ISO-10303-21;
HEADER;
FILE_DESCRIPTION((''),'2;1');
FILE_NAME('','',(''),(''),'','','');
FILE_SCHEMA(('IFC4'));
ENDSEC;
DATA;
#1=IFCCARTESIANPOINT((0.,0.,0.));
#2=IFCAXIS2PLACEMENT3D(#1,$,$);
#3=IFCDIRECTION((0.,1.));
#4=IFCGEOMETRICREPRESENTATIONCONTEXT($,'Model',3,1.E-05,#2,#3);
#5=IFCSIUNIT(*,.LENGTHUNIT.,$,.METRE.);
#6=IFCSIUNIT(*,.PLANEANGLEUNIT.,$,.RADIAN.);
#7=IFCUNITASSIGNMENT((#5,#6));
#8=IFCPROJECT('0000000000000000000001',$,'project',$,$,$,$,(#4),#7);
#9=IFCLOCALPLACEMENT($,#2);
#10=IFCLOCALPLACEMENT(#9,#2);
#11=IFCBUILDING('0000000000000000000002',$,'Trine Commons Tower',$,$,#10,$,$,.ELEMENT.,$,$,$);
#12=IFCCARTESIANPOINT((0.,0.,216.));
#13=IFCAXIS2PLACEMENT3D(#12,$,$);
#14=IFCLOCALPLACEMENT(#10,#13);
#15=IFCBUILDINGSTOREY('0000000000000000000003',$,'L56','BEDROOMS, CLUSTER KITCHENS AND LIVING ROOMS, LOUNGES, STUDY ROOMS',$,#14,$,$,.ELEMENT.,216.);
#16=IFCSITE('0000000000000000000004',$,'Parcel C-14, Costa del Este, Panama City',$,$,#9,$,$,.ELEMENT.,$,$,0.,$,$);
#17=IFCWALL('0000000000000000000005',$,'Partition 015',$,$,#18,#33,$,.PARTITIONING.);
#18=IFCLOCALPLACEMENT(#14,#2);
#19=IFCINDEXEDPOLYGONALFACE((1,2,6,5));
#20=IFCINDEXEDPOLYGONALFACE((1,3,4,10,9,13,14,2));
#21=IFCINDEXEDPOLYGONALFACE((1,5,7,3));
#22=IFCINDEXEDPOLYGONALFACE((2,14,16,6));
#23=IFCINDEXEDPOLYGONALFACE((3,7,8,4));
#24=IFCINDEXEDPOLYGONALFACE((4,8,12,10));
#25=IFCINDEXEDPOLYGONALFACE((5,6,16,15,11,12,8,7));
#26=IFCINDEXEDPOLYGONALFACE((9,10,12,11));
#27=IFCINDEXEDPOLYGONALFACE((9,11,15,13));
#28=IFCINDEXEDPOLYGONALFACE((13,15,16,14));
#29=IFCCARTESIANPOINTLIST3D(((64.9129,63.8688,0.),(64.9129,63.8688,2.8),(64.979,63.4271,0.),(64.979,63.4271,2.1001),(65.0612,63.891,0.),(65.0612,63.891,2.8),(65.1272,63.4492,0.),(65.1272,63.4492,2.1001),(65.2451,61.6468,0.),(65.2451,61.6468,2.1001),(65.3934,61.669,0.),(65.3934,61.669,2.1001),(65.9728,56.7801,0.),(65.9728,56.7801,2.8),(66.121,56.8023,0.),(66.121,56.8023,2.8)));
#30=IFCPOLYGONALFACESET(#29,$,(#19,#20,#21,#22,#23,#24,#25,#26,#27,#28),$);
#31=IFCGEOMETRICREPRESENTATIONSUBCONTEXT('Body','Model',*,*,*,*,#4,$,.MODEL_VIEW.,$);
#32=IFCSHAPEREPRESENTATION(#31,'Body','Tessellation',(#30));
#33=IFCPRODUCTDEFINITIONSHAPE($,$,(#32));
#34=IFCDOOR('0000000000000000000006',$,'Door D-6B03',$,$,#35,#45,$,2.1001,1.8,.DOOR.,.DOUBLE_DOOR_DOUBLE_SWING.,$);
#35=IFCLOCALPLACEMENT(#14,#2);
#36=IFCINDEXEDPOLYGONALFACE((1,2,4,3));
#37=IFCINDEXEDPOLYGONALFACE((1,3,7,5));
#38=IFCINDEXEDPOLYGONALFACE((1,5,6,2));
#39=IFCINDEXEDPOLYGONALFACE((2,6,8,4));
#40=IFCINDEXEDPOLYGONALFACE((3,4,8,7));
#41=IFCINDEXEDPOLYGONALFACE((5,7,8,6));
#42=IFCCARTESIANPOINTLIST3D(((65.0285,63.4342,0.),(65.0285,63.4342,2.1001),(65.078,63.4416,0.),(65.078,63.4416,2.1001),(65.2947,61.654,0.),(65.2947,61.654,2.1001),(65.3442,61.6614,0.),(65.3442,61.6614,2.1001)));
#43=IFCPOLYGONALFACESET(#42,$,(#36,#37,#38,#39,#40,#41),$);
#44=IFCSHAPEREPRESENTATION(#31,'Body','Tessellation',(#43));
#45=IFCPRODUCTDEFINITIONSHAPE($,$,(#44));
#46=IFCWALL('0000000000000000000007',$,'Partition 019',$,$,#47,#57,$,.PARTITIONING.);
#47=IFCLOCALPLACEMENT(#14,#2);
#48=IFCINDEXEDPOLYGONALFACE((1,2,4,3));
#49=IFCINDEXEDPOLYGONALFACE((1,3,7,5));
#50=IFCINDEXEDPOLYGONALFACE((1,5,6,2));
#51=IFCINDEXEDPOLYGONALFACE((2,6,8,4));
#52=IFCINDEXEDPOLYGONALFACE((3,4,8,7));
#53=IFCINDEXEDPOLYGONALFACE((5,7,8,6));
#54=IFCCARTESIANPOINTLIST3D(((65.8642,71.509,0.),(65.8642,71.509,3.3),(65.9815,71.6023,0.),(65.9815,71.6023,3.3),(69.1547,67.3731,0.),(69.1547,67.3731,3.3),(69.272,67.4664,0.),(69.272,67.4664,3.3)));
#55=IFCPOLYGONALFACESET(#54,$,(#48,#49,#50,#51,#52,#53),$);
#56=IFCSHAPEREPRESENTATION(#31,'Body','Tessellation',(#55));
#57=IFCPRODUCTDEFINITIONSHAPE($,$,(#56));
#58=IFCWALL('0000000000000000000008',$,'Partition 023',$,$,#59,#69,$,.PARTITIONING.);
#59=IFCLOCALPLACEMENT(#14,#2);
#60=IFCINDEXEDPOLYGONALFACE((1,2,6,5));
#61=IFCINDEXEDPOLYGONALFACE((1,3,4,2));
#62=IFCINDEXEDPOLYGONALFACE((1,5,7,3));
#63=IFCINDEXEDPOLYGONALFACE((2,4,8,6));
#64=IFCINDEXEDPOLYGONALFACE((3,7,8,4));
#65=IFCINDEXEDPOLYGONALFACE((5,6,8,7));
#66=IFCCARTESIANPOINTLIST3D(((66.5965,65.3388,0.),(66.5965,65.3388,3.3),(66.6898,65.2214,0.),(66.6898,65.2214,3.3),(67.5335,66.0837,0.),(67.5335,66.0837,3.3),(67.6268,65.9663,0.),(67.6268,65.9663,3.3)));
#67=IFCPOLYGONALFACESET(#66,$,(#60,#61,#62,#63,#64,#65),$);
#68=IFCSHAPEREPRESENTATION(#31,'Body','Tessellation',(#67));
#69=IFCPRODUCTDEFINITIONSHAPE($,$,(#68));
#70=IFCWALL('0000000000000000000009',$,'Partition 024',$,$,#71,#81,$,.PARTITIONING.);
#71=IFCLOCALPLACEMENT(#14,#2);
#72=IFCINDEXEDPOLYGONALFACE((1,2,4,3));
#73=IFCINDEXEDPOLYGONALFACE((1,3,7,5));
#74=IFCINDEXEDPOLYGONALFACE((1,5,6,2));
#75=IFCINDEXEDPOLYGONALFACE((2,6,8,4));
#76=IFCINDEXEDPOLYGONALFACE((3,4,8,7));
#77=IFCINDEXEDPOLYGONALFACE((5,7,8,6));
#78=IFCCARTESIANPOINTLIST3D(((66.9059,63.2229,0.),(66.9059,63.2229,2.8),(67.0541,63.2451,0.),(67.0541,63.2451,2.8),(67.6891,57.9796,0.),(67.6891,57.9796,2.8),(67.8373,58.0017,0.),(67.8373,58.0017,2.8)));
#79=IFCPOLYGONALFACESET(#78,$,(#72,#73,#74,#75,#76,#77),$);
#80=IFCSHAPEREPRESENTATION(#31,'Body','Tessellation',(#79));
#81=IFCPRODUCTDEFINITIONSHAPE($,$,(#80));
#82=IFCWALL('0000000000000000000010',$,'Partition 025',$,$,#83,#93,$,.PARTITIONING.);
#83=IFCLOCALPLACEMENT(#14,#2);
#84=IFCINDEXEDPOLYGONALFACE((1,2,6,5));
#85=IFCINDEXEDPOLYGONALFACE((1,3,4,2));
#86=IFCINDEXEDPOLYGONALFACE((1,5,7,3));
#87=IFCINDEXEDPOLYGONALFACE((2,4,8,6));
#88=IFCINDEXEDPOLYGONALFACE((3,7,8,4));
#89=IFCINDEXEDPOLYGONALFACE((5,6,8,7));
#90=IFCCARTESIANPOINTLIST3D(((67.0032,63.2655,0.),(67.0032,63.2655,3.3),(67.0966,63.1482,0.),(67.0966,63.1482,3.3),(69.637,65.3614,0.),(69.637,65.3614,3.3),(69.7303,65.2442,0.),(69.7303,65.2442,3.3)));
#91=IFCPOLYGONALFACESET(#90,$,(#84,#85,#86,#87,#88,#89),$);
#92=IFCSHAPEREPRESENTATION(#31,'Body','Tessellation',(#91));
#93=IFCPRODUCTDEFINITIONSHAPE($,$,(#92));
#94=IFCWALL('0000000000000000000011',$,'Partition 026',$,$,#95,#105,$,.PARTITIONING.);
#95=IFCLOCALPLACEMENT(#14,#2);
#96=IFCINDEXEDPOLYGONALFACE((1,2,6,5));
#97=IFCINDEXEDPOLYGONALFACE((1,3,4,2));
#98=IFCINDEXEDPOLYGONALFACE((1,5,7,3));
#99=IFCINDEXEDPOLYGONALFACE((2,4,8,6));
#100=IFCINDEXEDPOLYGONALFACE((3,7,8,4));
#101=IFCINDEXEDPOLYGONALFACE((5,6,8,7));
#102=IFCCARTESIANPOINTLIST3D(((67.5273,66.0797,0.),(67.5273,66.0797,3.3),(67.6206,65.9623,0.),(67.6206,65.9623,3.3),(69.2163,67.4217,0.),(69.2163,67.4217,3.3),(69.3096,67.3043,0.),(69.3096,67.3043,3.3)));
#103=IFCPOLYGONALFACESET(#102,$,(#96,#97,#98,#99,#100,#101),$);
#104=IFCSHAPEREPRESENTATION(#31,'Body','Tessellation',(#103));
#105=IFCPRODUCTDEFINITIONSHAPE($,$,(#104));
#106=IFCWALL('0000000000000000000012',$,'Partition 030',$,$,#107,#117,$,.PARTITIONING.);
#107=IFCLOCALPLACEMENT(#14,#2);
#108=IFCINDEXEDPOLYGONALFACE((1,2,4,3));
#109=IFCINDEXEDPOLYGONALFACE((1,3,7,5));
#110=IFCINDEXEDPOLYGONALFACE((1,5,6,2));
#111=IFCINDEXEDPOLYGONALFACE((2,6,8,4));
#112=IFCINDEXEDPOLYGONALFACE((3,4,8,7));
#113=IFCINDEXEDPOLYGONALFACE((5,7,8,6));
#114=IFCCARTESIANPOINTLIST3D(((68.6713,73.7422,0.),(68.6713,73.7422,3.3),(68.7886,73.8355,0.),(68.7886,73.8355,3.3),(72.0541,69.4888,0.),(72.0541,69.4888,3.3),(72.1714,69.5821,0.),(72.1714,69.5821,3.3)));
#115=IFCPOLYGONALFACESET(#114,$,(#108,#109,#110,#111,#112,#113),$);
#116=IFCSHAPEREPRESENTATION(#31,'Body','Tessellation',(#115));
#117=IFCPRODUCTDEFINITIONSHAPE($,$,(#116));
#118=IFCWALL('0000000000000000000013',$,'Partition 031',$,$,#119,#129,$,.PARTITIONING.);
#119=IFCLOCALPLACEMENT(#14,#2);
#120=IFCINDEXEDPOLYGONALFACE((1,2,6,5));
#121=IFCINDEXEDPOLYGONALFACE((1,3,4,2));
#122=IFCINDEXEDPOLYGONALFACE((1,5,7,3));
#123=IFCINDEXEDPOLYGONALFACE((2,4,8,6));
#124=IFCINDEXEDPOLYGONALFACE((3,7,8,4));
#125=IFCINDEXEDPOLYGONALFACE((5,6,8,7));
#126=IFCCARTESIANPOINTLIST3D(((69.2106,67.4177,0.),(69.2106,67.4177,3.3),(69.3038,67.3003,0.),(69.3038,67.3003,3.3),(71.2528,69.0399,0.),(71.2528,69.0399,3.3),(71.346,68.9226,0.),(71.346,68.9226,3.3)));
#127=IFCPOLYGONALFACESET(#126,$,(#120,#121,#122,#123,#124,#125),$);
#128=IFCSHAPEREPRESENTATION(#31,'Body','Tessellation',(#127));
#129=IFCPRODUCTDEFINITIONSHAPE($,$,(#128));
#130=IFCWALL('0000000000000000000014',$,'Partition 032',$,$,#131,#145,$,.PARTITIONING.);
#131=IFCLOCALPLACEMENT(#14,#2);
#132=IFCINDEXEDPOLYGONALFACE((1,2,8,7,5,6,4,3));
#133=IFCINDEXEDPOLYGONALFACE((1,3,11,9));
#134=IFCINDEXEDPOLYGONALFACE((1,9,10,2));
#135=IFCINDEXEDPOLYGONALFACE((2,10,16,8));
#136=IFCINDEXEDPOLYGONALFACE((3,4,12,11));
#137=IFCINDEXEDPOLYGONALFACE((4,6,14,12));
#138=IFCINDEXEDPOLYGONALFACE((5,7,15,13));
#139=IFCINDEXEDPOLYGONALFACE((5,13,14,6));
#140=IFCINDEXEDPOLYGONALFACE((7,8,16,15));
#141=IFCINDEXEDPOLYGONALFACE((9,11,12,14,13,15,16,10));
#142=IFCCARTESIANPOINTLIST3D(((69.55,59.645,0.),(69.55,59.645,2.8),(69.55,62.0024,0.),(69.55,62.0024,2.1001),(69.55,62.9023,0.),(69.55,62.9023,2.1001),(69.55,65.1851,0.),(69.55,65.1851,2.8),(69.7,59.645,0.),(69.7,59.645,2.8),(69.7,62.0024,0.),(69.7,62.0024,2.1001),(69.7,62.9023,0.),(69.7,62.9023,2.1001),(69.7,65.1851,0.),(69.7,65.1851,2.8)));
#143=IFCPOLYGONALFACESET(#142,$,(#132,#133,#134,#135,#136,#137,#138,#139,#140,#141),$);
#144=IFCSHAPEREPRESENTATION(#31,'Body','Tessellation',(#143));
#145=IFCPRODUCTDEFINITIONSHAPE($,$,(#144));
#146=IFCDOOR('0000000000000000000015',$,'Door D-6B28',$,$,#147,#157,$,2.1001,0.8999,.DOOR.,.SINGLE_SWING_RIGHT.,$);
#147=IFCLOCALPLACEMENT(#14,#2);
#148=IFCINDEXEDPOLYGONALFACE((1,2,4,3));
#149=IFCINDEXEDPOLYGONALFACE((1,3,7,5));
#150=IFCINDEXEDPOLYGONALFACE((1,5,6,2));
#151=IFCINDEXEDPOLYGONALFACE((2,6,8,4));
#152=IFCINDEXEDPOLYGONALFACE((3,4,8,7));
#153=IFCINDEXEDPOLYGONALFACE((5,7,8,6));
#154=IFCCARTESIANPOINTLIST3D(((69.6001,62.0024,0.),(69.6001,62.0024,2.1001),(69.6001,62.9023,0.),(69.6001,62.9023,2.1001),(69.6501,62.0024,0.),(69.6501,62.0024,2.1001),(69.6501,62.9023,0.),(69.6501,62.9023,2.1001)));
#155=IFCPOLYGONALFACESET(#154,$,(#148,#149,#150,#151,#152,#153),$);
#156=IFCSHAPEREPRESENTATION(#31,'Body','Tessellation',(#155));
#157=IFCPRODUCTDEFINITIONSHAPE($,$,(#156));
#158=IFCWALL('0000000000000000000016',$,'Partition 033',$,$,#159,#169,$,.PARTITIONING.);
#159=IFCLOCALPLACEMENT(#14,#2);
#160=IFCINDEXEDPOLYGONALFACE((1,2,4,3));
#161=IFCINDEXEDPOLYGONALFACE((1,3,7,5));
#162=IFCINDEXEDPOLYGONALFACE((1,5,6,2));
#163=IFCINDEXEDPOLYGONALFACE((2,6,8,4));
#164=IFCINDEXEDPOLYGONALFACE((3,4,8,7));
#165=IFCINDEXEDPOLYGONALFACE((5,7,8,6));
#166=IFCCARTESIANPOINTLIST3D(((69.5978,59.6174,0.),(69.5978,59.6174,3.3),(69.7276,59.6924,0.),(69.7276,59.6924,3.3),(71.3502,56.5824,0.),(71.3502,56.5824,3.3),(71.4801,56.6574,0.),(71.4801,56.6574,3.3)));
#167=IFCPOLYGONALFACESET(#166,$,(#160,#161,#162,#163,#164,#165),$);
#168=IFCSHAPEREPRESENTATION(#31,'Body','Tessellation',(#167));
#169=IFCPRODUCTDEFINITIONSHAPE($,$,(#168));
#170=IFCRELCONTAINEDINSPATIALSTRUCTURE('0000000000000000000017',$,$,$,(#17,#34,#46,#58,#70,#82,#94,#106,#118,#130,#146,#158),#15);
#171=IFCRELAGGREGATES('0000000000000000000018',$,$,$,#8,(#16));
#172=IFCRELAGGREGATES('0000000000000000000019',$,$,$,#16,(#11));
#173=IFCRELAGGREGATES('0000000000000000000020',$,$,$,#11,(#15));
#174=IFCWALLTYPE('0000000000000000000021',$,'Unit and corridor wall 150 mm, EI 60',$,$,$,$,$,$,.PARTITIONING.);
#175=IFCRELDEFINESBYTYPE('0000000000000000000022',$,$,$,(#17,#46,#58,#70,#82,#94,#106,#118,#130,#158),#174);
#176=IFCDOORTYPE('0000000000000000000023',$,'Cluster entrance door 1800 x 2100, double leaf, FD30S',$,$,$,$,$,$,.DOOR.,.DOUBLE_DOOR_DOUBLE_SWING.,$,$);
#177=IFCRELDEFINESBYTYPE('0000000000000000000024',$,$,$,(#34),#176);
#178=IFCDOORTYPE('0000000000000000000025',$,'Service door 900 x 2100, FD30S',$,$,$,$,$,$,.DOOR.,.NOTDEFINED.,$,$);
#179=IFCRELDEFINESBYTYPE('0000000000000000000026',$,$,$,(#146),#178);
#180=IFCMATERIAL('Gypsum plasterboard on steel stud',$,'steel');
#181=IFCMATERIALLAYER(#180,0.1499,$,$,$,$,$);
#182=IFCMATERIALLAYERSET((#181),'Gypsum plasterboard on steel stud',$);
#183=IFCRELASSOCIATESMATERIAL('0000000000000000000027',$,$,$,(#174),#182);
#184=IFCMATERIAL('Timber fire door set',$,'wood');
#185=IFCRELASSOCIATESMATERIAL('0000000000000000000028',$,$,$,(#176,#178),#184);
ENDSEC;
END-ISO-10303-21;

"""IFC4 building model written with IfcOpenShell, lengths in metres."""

from ifc_helpers import new_model, si_unit, direction, frame, frame_2d, origin, place, context, subcontext, project, spatial, rectangle, extrude, material, layer, layer_set, type_object, element, fill, save


model = new_model("IFC4")

# Units and contexts
model_context = context("Model", 3, precision=1e-05, world=origin(), true_north=direction((0.0, 1.0)))
body_context = subcontext(model_context, "Body", "Model", "MODEL_VIEW")
ifc_project = project(units=[si_unit("LENGTHUNIT", "METRE"), si_unit("PLANEANGLEUNIT", "RADIAN")], contexts=[model_context])

# Site, building, storey
site_placement = place(None, origin())
site = spatial("IfcSite", under=ifc_project, at=site_placement, Name="Parcel C-14, Costa del Este, Panama City", CompositionType="ELEMENT", RefElevation=0.0)
building_placement = place(site_placement, origin())
building = spatial("IfcBuilding", under=site, at=building_placement, Name="Trine Commons Tower", CompositionType="ELEMENT")
storey_placement = place(building_placement, frame((0.0, 0.0, 216.0)))
storey = spatial("IfcBuildingStorey", under=building, at=storey_placement, Name="L56", Description="BEDROOMS, CLUSTER KITCHENS AND LIVING ROOMS, LOUNGES, STUDY ROOMS", CompositionType="ELEMENT", Elevation=216.0)

# Wall, opening, door
ifc_material_1 = material(Name="Gypsum plasterboard on steel stud", Category="steel")
ifc_layer_1 = layer(ifc_material_1, 0.1499)
ifc_layer_set_1 = layer_set([ifc_layer_1], Name="Gypsum plasterboard on steel stud")
wall_type_1 = type_object("IfcWallType", Name="Unit and corridor wall 150 mm, EI 60", PredefinedType="PARTITIONING", material=ifc_layer_set_1)
wall_1_placement = place(storey_placement, frame((64.9871, 63.8799, 0.0), z_axis=(0.0, 0.0, 1.0), x_axis=(0.147866, -0.989007, 0.0)))
wall_1 = element("IfcWall", 1, at=wall_1_placement, inside=storey, type_object=wall_type_1, Name="Partition 015", PredefinedType="PARTITIONING", context=body_context, shape_type="SweptSolid", body=[
    extrude(rectangle(XDim=7.1675, YDim=0.1499, at=frame_2d((3.5837, 0.0))), origin(), (0.0, 0.0, 1.0), 2.8),
])
opening_1_placement = place(wall_1_placement, frame((0.4468, 0.0, 0.0)))
opening_1 = element("IfcOpeningElement", 2, at=opening_1_placement, cuts=wall_1, PredefinedType="OPENING", context=body_context, shape_type="SweptSolid", body=[
    extrude(rectangle(XDim=1.8, YDim=2.1001, at=frame_2d((0.8999, 1.05))), frame((0.0, 0.085, 0.0), z_axis=(0.0, -1.0, 0.0), x_axis=(1.0, 0.0, 0.0)), (0.0, 0.0, 1.0), 0.1699),
])
ifc_material_2 = material(Name="Timber fire door set", Category="wood")
door_type_1 = type_object("IfcDoorType", Name="Cluster entrance door 1800 x 2100, double leaf, FD30S", OperationType="DOUBLE_DOOR_DOUBLE_SWING", PredefinedType="DOOR", material=ifc_material_2)
door_1_placement = place(opening_1_placement, frame((1.8, 0.0, 0.0), z_axis=(0.0, 0.0, 1.0), x_axis=(-1.0, 0.0, 0.0)))
door_1 = element("IfcDoor", 3, at=door_1_placement, inside=storey, type_object=door_type_1, Name="Door D-6B03", OperationType="DOUBLE_DOOR_DOUBLE_SWING", OverallHeight=2.1001, OverallWidth=1.8, PredefinedType="DOOR", context=body_context, shape_type="SweptSolid", body=[
    extrude(rectangle(XDim=1.8, YDim=2.1001, at=frame_2d((0.8999, 1.05))), frame((0.0, 0.0249, 0.0), z_axis=(0.0, -1.0, 0.0), x_axis=(1.0, 0.0, 0.0)), (0.0, 0.0, 1.0), 0.05),
])
fill(opening_1, door_1)

# Walls
wall_2_placement = place(storey_placement, frame((65.9229, 71.5557, 0.0), z_axis=(0.0, 0.0, 1.0), x_axis=(0.622586, -0.782551, 0.0)))
element("IfcWall", 4, at=wall_2_placement, inside=storey, type_object=wall_type_1, Name="Partition 019", PredefinedType="PARTITIONING", context=body_context, shape_type="SweptSolid", body=[
    extrude(rectangle(XDim=5.2852, YDim=0.1499, at=frame_2d((2.6426, 0.0))), origin(), (0.0, 0.0, 1.0), 3.3),
])
wall_3_placement = place(storey_placement, frame((66.6431, 65.28, 0.0), z_axis=(0.0, 0.0, 1.0), x_axis=(0.782795, 0.622279, 0.0)))
element("IfcWall", 5, at=wall_3_placement, inside=storey, type_object=wall_type_1, Name="Partition 023", PredefinedType="PARTITIONING", context=body_context, shape_type="SweptSolid", body=[
    extrude(rectangle(XDim=1.197, YDim=0.1499, at=frame_2d((0.5986, 0.0))), origin(), (0.0, 0.0, 1.0), 3.3),
])
wall_4_placement = place(storey_placement, frame((66.98, 63.2341, 0.0), z_axis=(0.0, 0.0, 1.0), x_axis=(0.14773, -0.989028, 0.0)))
element("IfcWall", 6, at=wall_4_placement, inside=storey, type_object=wall_type_1, Name="Partition 024", PredefinedType="PARTITIONING", context=body_context, shape_type="SweptSolid", body=[
    extrude(rectangle(XDim=5.3015, YDim=0.1499, at=frame_2d((2.6509, 0.0))), origin(), (0.0, 0.0, 1.0), 2.8),
])
wall_5_placement = place(storey_placement, frame((67.0498, 63.2068, 0.0), z_axis=(0.0, 0.0, 1.0), x_axis=(0.782473, 0.622685, 0.0)))
element("IfcWall", 7, at=wall_5_placement, inside=storey, type_object=wall_type_1, Name="Partition 025", PredefinedType="PARTITIONING", context=body_context, shape_type="SweptSolid", body=[
    extrude(rectangle(XDim=3.366, YDim=0.1499, at=frame_2d((1.6831, 0.0))), origin(), (0.0, 0.0, 1.0), 3.3),
])
wall_6_placement = place(storey_placement, frame((67.574, 66.021, 0.0), z_axis=(0.0, 0.0, 1.0), x_axis=(0.782929, 0.622111, 0.0)))
element("IfcWall", 8, at=wall_6_placement, inside=storey, type_object=wall_type_1, Name="Partition 026", PredefinedType="PARTITIONING", context=body_context, shape_type="SweptSolid", body=[
    extrude(rectangle(XDim=2.1572, YDim=0.1499, at=frame_2d((1.0786, 0.0))), origin(), (0.0, 0.0, 1.0), 3.3),
])
wall_7_placement = place(storey_placement, frame((68.73, 73.7888, 0.0), z_axis=(0.0, 0.0, 1.0), x_axis=(0.622457, -0.782654, 0.0)))
element("IfcWall", 9, at=wall_7_placement, inside=storey, type_object=wall_type_1, Name="Partition 030", PredefinedType="PARTITIONING", context=body_context, shape_type="SweptSolid", body=[
    extrude(rectangle(XDim=5.4346, YDim=0.1499, at=frame_2d((2.7173, 0.0))), origin(), (0.0, 0.0, 1.0), 3.3),
])
wall_8_placement = place(storey_placement, frame((69.2571, 67.3589, 0.0), z_axis=(0.0, 0.0, 1.0), x_axis=(0.78301, 0.622009, 0.0)))
element("IfcWall", 10, at=wall_8_placement, inside=storey, type_object=wall_type_1, Name="Partition 031", PredefinedType="PARTITIONING", context=body_context, shape_type="SweptSolid", body=[
    extrude(rectangle(XDim=2.6082, YDim=0.1499, at=frame_2d((1.3042, 0.0))), origin(), (0.0, 0.0, 1.0), 3.3),
])

# Wall, opening, door
wall_9_placement = place(storey_placement, frame((69.625, 59.645, 0.0), z_axis=(0.0, 0.0, 1.0), x_axis=(0.0, 1.0, 0.0)))
wall_9 = element("IfcWall", 11, at=wall_9_placement, inside=storey, type_object=wall_type_1, Name="Partition 032", PredefinedType="PARTITIONING", context=body_context, shape_type="SweptSolid", body=[
    extrude(rectangle(XDim=5.54, YDim=0.1499, at=frame_2d((2.77, 0.0))), origin(), (0.0, 0.0, 1.0), 2.8),
])
opening_2_placement = place(wall_9_placement, frame((2.3574, 0.0, 0.0)))
opening_2 = element("IfcOpeningElement", 12, at=opening_2_placement, cuts=wall_9, PredefinedType="OPENING", context=body_context, shape_type="SweptSolid", body=[
    extrude(rectangle(XDim=0.8999, YDim=2.1001, at=frame_2d((0.45, 1.05))), frame((0.0, 0.085, 0.0), z_axis=(0.0, -1.0, 0.0), x_axis=(1.0, 0.0, 0.0)), (0.0, 0.0, 1.0), 0.1699),
])
door_type_2 = type_object("IfcDoorType", Name="Service door 900 x 2100, FD30S", OperationType="NOTDEFINED", PredefinedType="DOOR", material=ifc_material_2)
door_2_placement = place(opening_2_placement, origin())
door_2 = element("IfcDoor", 13, at=door_2_placement, inside=storey, type_object=door_type_2, Name="Door D-6B28", OperationType="SINGLE_SWING_RIGHT", OverallHeight=2.1001, OverallWidth=0.8999, PredefinedType="DOOR", context=body_context, shape_type="SweptSolid", body=[
    extrude(rectangle(XDim=0.8999, YDim=2.1001, at=frame_2d((0.45, 1.05))), frame((0.0, 0.0249, 0.0), z_axis=(0.0, -1.0, 0.0), x_axis=(1.0, 0.0, 0.0)), (0.0, 0.0, 1.0), 0.05),
])
fill(opening_2, door_2)

# Wall
wall_10_placement = place(storey_placement, frame((69.6626, 59.655, 0.0), z_axis=(0.0, 0.0, 1.0), x_axis=(0.50005, -0.865996, 0.0)))
element("IfcWall", 14, at=wall_10_placement, inside=storey, type_object=wall_type_1, Name="Partition 033", PredefinedType="PARTITIONING", context=body_context, shape_type="SweptSolid", body=[
    extrude(rectangle(XDim=3.5046, YDim=0.1499, at=frame_2d((1.7524, 0.0))), origin(), (0.0, 0.0, 1.0), 3.3),
])

save(model, "model.ifc")
